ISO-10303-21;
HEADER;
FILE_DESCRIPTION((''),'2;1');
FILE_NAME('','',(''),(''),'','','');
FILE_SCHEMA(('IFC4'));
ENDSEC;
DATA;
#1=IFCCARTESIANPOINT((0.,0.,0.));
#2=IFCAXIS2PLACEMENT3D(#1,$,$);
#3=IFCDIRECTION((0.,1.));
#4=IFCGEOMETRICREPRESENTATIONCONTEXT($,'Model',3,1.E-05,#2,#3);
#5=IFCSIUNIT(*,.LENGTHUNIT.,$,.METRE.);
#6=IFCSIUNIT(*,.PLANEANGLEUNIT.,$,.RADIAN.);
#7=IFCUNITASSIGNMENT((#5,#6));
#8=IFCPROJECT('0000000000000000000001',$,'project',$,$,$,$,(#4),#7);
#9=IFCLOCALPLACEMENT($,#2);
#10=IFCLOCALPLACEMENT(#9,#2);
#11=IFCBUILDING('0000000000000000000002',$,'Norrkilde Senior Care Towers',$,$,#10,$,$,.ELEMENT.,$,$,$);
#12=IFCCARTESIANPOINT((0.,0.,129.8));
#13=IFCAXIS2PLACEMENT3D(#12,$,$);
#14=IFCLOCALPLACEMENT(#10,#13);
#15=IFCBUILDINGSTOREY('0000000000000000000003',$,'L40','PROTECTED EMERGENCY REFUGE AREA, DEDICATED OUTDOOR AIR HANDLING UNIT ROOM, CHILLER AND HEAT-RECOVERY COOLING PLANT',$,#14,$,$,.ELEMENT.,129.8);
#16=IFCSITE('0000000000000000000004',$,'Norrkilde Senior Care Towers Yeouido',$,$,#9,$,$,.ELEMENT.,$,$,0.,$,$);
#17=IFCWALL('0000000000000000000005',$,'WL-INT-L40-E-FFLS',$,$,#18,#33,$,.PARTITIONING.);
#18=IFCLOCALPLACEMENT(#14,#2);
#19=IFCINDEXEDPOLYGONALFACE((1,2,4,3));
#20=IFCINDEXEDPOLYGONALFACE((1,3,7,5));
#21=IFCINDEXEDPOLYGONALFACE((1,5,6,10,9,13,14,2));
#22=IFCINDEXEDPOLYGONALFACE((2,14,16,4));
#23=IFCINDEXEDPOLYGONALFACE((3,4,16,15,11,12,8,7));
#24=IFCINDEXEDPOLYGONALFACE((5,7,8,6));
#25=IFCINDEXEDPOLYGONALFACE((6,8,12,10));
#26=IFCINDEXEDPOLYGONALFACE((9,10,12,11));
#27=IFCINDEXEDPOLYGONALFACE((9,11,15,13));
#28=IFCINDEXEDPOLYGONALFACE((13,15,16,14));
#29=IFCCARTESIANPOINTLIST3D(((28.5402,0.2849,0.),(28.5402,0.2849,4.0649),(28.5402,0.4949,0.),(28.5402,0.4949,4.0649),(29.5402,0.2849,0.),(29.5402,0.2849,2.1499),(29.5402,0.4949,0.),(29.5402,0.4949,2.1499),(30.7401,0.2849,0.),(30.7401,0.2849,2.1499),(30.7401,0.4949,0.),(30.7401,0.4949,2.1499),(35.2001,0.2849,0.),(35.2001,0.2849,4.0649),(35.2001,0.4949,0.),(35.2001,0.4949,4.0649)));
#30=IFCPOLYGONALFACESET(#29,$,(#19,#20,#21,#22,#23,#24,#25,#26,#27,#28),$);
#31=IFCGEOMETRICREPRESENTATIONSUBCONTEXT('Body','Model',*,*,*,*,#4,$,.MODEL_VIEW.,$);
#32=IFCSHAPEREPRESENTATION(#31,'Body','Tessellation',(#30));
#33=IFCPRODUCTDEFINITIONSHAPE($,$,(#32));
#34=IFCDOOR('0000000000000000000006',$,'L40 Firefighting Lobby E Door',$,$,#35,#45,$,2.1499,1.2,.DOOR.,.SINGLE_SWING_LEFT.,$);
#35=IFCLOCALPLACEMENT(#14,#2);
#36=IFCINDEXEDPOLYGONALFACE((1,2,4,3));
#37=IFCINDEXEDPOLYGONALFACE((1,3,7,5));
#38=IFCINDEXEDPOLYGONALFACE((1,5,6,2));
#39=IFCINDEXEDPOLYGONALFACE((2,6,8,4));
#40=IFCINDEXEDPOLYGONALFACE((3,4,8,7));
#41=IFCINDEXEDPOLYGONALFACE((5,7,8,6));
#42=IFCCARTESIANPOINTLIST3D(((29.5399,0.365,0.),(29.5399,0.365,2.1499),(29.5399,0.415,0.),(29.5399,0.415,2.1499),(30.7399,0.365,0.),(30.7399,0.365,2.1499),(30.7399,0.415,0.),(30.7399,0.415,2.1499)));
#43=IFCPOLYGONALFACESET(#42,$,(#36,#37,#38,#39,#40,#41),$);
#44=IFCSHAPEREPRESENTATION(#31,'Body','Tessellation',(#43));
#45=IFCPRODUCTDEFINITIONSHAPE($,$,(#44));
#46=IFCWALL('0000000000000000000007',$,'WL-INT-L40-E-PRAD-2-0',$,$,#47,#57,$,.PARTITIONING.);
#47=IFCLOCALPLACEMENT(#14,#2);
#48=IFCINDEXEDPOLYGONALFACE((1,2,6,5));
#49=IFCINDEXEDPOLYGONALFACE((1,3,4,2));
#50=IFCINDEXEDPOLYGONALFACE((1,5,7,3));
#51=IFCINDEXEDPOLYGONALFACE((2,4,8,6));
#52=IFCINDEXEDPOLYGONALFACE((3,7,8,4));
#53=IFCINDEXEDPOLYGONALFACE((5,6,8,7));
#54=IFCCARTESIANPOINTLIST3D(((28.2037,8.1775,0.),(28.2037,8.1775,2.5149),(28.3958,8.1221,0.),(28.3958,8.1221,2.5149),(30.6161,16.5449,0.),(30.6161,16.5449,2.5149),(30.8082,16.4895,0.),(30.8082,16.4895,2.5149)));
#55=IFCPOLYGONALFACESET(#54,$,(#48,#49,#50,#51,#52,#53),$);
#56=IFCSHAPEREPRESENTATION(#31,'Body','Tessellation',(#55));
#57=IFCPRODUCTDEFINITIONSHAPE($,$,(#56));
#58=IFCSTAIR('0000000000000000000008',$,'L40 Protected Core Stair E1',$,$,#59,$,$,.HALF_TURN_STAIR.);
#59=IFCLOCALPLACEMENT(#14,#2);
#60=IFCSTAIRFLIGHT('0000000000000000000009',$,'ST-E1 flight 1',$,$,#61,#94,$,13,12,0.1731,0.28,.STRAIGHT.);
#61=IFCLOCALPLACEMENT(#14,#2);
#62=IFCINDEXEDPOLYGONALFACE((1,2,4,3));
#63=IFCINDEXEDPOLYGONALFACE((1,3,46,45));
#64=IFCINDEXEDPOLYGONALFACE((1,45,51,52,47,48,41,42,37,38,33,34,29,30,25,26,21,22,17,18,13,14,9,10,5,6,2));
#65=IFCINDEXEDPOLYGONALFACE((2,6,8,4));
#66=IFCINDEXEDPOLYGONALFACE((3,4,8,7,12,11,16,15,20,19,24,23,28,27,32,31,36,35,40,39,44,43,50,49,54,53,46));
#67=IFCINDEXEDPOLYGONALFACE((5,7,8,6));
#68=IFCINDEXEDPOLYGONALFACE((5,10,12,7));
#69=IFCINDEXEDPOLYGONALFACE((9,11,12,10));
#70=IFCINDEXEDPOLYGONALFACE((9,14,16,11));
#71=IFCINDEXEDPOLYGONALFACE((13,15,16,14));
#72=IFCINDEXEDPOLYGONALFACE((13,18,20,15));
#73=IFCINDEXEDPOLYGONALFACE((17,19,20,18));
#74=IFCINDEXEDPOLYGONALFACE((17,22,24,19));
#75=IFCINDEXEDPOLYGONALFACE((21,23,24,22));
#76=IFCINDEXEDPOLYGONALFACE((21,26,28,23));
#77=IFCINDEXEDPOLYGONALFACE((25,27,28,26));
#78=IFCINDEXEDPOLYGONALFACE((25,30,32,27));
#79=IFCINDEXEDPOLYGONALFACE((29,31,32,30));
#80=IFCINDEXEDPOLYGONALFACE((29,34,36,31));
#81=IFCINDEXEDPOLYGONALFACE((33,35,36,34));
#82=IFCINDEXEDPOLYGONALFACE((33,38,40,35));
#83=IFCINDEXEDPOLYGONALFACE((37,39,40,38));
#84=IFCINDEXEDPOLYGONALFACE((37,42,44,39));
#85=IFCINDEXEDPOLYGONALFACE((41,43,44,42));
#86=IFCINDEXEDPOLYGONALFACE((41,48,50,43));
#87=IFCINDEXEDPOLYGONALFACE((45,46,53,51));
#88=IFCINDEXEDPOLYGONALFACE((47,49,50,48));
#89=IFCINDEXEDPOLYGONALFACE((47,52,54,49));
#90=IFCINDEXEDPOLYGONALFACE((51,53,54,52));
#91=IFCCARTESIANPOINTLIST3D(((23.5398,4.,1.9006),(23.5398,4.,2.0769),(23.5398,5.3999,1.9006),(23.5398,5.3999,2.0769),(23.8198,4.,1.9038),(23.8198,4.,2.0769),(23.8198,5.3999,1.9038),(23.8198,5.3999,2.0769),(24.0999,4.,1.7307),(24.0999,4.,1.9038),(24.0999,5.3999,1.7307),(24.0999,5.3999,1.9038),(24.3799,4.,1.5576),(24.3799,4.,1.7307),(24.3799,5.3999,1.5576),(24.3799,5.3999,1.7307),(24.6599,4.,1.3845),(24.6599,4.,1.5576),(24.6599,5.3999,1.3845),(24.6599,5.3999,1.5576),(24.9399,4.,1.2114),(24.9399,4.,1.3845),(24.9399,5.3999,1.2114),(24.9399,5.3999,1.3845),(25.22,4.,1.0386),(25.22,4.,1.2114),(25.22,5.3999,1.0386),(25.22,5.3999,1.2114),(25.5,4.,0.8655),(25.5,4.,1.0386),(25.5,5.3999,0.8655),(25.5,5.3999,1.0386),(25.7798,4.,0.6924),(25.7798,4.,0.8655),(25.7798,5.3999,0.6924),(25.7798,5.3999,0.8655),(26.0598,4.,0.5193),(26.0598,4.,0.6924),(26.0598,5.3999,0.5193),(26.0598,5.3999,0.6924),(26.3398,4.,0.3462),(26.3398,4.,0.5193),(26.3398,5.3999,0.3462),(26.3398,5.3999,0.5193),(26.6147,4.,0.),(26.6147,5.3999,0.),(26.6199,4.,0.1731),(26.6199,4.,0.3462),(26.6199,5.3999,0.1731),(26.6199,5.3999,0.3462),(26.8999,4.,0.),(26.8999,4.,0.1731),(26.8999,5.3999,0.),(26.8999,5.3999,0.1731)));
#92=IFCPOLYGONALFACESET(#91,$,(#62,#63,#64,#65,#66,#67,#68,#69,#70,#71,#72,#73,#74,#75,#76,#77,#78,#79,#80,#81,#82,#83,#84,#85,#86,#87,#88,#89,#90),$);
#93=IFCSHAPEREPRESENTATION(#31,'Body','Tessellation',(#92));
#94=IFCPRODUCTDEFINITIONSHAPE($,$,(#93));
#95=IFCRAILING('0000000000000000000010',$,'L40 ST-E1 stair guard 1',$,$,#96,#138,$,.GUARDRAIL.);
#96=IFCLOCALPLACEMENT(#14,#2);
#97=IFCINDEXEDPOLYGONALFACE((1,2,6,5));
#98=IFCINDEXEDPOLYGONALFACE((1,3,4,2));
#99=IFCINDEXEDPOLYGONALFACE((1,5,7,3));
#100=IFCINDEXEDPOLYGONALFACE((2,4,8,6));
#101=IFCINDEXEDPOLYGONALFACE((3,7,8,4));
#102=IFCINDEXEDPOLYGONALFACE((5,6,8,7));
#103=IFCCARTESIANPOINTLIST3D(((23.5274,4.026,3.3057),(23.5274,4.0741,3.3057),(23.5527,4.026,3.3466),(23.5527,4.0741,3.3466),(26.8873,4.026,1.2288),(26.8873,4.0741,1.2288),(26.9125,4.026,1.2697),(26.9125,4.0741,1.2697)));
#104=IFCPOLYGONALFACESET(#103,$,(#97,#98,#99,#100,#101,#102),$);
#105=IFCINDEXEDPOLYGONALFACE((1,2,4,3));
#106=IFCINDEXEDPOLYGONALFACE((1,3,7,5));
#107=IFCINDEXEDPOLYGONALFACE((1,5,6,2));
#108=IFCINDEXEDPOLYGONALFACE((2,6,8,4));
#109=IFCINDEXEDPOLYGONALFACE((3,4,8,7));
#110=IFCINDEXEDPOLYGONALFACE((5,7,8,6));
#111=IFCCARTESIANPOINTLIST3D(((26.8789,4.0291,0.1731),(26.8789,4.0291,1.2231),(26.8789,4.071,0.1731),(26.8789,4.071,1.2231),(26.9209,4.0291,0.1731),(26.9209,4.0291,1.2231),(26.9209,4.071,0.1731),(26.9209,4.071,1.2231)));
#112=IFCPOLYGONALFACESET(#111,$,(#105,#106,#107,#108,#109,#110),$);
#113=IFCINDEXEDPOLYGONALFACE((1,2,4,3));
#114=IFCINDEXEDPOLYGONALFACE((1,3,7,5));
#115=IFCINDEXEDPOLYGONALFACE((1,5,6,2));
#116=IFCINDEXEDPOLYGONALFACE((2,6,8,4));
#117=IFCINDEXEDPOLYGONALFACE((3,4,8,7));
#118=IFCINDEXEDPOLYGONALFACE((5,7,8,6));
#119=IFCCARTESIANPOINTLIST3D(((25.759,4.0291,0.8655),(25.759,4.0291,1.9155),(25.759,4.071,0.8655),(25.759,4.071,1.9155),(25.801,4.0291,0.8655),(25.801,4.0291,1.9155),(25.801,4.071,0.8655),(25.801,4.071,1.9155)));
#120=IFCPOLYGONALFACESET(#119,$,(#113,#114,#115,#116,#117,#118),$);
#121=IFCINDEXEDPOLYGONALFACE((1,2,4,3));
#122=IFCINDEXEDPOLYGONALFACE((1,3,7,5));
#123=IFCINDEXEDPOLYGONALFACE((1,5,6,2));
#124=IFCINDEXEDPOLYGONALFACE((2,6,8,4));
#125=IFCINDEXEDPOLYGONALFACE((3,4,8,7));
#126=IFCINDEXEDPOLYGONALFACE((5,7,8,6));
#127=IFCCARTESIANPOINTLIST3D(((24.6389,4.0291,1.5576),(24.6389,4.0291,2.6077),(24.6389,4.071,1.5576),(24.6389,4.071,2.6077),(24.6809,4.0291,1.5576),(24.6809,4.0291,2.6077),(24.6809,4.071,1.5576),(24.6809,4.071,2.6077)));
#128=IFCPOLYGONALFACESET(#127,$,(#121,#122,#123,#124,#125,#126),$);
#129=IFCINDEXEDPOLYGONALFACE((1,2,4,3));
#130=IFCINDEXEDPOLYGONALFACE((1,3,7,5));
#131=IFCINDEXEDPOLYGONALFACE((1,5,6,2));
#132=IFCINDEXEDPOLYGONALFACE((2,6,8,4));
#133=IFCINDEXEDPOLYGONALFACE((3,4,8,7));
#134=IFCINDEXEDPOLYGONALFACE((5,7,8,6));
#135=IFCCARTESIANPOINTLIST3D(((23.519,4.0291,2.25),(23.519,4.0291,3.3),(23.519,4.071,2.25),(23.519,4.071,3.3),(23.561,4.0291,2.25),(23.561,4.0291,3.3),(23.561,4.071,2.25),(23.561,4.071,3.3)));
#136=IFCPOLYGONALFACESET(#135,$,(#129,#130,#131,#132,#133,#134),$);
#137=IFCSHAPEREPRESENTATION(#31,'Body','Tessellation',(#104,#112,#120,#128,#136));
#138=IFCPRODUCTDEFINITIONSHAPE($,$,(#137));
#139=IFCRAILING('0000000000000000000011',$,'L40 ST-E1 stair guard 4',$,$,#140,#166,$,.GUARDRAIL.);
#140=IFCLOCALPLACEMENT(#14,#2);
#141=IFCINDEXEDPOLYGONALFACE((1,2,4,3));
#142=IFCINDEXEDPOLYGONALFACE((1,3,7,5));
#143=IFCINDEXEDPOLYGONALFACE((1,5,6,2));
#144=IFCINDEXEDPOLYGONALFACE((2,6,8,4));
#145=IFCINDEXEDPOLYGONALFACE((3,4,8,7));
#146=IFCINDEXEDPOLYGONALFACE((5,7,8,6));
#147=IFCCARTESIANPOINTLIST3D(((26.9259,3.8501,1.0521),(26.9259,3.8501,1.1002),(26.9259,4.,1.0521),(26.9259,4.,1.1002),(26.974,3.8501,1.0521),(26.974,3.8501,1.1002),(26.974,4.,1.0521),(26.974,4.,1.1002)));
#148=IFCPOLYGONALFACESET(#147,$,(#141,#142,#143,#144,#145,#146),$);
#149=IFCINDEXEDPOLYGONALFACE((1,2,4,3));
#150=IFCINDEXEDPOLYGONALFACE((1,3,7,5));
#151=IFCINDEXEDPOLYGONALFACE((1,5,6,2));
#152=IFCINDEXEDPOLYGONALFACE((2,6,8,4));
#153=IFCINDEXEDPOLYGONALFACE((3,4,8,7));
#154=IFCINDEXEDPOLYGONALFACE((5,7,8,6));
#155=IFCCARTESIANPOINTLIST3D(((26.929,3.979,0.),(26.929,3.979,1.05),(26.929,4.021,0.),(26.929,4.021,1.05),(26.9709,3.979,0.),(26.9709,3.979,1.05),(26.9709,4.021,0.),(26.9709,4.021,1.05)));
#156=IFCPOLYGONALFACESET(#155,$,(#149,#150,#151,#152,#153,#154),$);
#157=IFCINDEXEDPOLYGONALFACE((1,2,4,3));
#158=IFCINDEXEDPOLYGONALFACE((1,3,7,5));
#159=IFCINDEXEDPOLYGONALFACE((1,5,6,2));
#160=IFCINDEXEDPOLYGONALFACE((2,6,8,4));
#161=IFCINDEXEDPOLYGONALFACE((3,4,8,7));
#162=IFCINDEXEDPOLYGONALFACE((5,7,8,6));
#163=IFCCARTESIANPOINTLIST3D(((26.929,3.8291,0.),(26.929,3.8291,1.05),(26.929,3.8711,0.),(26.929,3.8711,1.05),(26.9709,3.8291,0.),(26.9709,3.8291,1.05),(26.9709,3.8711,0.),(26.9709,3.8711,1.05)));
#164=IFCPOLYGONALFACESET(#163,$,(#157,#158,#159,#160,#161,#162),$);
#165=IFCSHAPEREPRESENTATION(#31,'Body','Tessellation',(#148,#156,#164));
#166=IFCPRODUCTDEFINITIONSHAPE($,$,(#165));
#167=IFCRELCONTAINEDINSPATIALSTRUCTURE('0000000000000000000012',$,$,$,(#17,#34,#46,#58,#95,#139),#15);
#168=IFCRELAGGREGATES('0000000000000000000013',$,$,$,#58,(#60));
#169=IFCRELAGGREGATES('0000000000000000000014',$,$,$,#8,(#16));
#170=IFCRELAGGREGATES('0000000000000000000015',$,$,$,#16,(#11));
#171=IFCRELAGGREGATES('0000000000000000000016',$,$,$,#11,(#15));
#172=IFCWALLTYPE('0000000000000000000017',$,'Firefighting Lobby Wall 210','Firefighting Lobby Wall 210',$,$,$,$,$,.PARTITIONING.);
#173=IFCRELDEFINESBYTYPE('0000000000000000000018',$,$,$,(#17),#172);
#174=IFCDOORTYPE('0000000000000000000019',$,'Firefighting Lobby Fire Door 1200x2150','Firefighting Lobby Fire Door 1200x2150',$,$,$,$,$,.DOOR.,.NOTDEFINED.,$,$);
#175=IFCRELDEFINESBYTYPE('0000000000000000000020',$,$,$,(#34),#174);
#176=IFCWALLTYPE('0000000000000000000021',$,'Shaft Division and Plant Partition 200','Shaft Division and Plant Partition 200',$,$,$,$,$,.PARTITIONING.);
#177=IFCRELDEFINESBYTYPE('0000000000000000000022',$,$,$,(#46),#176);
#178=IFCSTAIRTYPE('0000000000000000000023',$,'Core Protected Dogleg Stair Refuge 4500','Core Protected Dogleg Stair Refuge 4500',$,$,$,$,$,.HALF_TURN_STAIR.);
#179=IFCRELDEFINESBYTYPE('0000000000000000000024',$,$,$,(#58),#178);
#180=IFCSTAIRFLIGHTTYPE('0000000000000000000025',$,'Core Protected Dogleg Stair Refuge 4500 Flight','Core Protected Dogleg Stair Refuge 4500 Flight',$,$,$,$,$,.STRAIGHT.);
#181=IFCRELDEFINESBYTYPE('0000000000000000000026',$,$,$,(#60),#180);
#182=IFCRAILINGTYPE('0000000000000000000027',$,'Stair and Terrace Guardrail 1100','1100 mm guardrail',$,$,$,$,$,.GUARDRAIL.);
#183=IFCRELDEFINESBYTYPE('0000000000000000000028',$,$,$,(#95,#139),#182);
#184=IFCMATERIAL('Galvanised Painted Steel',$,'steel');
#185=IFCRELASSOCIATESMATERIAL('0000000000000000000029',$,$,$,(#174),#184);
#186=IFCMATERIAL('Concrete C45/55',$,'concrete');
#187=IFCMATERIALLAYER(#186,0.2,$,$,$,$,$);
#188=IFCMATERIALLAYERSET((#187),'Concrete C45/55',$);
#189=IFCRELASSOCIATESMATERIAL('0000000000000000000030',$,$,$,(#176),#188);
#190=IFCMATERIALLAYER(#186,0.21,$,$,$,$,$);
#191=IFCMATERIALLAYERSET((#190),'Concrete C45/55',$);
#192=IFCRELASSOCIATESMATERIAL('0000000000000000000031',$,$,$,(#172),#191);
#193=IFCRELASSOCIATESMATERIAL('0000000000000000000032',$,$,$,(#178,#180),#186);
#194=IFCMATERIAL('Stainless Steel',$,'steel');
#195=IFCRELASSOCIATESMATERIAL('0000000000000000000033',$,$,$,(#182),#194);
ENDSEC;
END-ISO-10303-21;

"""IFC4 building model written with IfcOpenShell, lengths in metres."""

from ifc_helpers import new_model, si_unit, direction, frame, frame_2d, origin, origin_2d, place, context, subcontext, project, spatial, polyline, rectangle, outline, extrude, source, transform, mapped, material, layer, layer_set, type_object, type_shapes, element, fill, aggregate, save


model = new_model("IFC4")

# Units and contexts
model_context = context("Model", 3, precision=1e-05, world=origin(), true_north=direction((0.0, 1.0)))
body_context = subcontext(model_context, "Body", "Model", "MODEL_VIEW")
ifc_project = project(units=[si_unit("LENGTHUNIT", "METRE"), si_unit("PLANEANGLEUNIT", "RADIAN")], contexts=[model_context])

# Site, building, storey
site_placement = place(None, origin())
site = spatial("IfcSite", under=ifc_project, at=site_placement, Name="Norrkilde Senior Care Towers Yeouido", CompositionType="ELEMENT", RefElevation=0.0)
building_placement = place(site_placement, origin())
building = spatial("IfcBuilding", under=site, at=building_placement, Name="Norrkilde Senior Care Towers", CompositionType="ELEMENT")
storey_placement = place(building_placement, frame((0.0, 0.0, 129.8)))
storey = spatial("IfcBuildingStorey", under=building, at=storey_placement, Name="L40", Description="PROTECTED EMERGENCY REFUGE AREA, DEDICATED OUTDOOR AIR HANDLING UNIT ROOM, CHILLER AND HEAT-RECOVERY COOLING PLANT", CompositionType="ELEMENT", Elevation=129.8)

# Shared definitions
ifc_material_1 = material(Name="Galvanised Painted Steel", Category="steel")
door_type_1 = type_object("IfcDoorType", Name="Firefighting Lobby Fire Door 1200x2150", Description="Firefighting Lobby Fire Door 1200x2150", OperationType="NOTDEFINED", PredefinedType="DOOR", material=ifc_material_1)
shared_shape_1 = source(origin(), body_context, "Body", "SweptSolid", [
    extrude(rectangle(XDim=1.2, YDim=2.1499, at=frame_2d((0.6001, 1.075))), frame((0.0, 0.0249, 0.0), z_axis=(0.0, -1.0, 0.0), x_axis=(1.0, 0.0, 0.0)), (0.0, 0.0, 1.0), 0.05),
])
type_shapes(door_type_1, [shared_shape_1])
ifc_material_2 = material(Name="Concrete C45/55", Category="concrete")
ifc_material_3 = material(Name="Stainless Steel", Category="steel")

# Shared definitions
ifc_layer_1 = layer(ifc_material_2, 0.2)
ifc_layer_set_1 = layer_set([ifc_layer_1], Name="Concrete C45/55")
wall_type_1 = type_object("IfcWallType", Name="Shaft Division and Plant Partition 200", Description="Shaft Division and Plant Partition 200", PredefinedType="PARTITIONING", material=ifc_layer_set_1)

# Wall, opening, door
ifc_layer_2 = layer(ifc_material_2, 0.21)
ifc_layer_set_2 = layer_set([ifc_layer_2], Name="Concrete C45/55")
wall_type_2 = type_object("IfcWallType", Name="Firefighting Lobby Wall 210", Description="Firefighting Lobby Wall 210", PredefinedType="PARTITIONING", material=ifc_layer_set_2)
shared_shape_2 = source(origin(), body_context, "Body", "SweptSolid", [
    extrude(rectangle(XDim=6.6599, YDim=0.21, at=frame_2d((3.3301, 0.0))), origin(), (0.0, 0.0, 1.0), 4.0649),
])
type_shapes(wall_type_2, [shared_shape_2])
wall_1_placement = place(storey_placement, frame((28.54, 0.3899, 0.0), z_axis=(0.0, 0.0, 1.0), x_axis=(1.0, 0.0, 0.0)))
wall_1 = element("IfcWall", 1, at=wall_1_placement, inside=storey, type_object=wall_type_2, Name="WL-INT-L40-E-FFLS", PredefinedType="PARTITIONING", context=body_context, shape_type="MappedRepresentation", body=[
    mapped(shared_shape_2, transform((0.0, 0.0, 0.0), x_axis=(1.0, 0.0, 0.0), y_axis=(0.0, 1.0, 0.0), z_axis=(0.0, 0.0, 1.0), scale=1.0)),
])
opening_1_placement = place(wall_1_placement, frame((1.0, 0.0, 0.0)))
opening_1 = element("IfcOpeningElement", 2, at=opening_1_placement, cuts=wall_1, PredefinedType="OPENING", context=body_context, shape_type="SweptSolid", body=[
    extrude(rectangle(XDim=1.2, YDim=2.1499, at=frame_2d((0.6001, 1.075))), frame((0.0, 0.115, 0.0), z_axis=(0.0, -1.0, 0.0), x_axis=(1.0, 0.0, 0.0)), (0.0, 0.0, 1.0), 0.23),
])
door_1_placement = place(opening_1_placement, frame((1.2, 0.0, 0.0), z_axis=(0.0, 0.0, 1.0), x_axis=(-1.0, 0.0, 0.0)))
door_1 = element("IfcDoor", 3, at=door_1_placement, inside=storey, type_object=door_type_1, Name="L40 Firefighting Lobby E Door", OperationType="SINGLE_SWING_LEFT", OverallHeight=2.1499, OverallWidth=1.2, PredefinedType="DOOR", context=body_context, shape_type="MappedRepresentation", body=[
    mapped(shared_shape_1, transform((0.0, 0.0, 0.0), x_axis=(1.0, 0.0, 0.0), y_axis=(0.0, 1.0, 0.0), z_axis=(0.0, 0.0, 1.0), scale=1.0)),
])
fill(opening_1, door_1)

# Wall
shared_shape_3 = source(origin(), body_context, "Body", "SweptSolid", [
    extrude(rectangle(XDim=8.7083, YDim=0.2, at=frame_2d((4.354, 0.0))), origin(), (0.0, 0.0, 1.0), 2.5149),
])
wall_2_placement = place(storey_placement, frame((28.2998, 8.1499, 0.0), z_axis=(0.0, 0.0, 1.0), x_axis=(0.27702, 0.960864, 0.0)))
element("IfcWall", 4, at=wall_2_placement, inside=storey, type_object=wall_type_1, Name="WL-INT-L40-E-PRAD-2-0", PredefinedType="PARTITIONING", context=body_context, shape_type="MappedRepresentation", body=[
    mapped(shared_shape_3, transform((0.0, 0.0, 0.0), x_axis=(1.0, 0.0, 0.0), y_axis=(0.0, 1.0, 0.0), z_axis=(0.0, 0.0, 1.0), scale=1.0)),
])

# Stair, stair flight
stair_type = type_object("IfcStairType", Name="Core Protected Dogleg Stair Refuge 4500", Description="Core Protected Dogleg Stair Refuge 4500", PredefinedType="HALF_TURN_STAIR", material=ifc_material_2)
stair_placement = place(storey_placement, origin())
stair = element("IfcStair", 5, at=stair_placement, inside=storey, type_object=stair_type, Name="L40 Protected Core Stair E1", PredefinedType="HALF_TURN_STAIR")
stair_flight_type = type_object("IfcStairFlightType", Name="Core Protected Dogleg Stair Refuge 4500 Flight", Description="Core Protected Dogleg Stair Refuge 4500 Flight", PredefinedType="STRAIGHT", material=ifc_material_2)
stair_flight_placement = place(storey_placement, frame((26.8999, 4.7, 0.0), z_axis=(0.0, 0.0, 1.0), x_axis=(-1.0, 0.0, 0.0)))
stair_flight = element("IfcStairFlight", 6, at=stair_flight_placement, type_object=stair_flight_type, Name="ST-E1 flight 1", NumberOfRisers=13, NumberOfTreads=12, PredefinedType="STRAIGHT", RiserHeight=0.1731, TreadLength=0.28, context=body_context, shape_type="SweptSolid", body=[
    extrude(outline(polyline([(0.0, 0.0), (0.0, 0.1731), (0.28, 0.1731), (0.28, 0.3462), (0.5601, 0.3462), (0.5601, 0.5193), (0.8401, 0.5193), (0.8401, 0.6924), (1.1201, 0.6924), (1.1201, 0.8655), (1.3999, 0.8655), (1.3999, 1.0386), (1.6799, 1.0386), (1.6799, 1.2114), (1.96, 1.2114), (1.96, 1.3845), (2.24, 1.3845), (2.24, 1.5576), (2.52, 1.5576), (2.52, 1.7307), (2.8, 1.7307), (2.8, 1.9038), (3.0801, 1.9038), (3.0801, 2.0769), (3.3601, 2.0769), (3.3601, 2.25), (3.3601, 1.9006), (0.2852, 0.0), (0.0, 0.0)])), frame((0.0, 0.7, 0.0), z_axis=(0.0, -1.0, 0.0), x_axis=(1.0, 0.0, 0.0)), (0.0, 0.0, 1.0), 1.3999),
])
aggregate(stair, [stair_flight])

# Railings
railing_type_1 = type_object("IfcRailingType", Name="Stair and Terrace Guardrail 1100", Description="1100 mm guardrail", PredefinedType="GUARDRAIL", material=ifc_material_3)
railing_1_placement = place(storey_placement, frame((26.8999, 4.05, 0.1731)))
element("IfcRailing", 7, at=railing_1_placement, inside=storey, type_object=railing_type_1, Name="L40 ST-E1 stair guard 1", PredefinedType="GUARDRAIL", context=body_context, shape_type="SweptSolid", body=[
    extrude(rectangle(XDim=0.0481, YDim=0.0481, at=origin_2d()), frame((0.0, 0.0, 1.0762), z_axis=(-0.850606, 0.0, 0.525803), x_axis=(0.0, -1.0, 0.0)), (0.0, 0.0, 1.0), 3.95),
    extrude(rectangle(XDim=0.042, YDim=0.042, at=origin_2d()), origin(), (0.0, 0.0, 1.0), 1.05),
    extrude(rectangle(XDim=0.042, YDim=0.042, at=origin_2d()), frame((-1.1199, 0.0, 0.6924)), (0.0, 0.0, 1.0), 1.05),
    extrude(rectangle(XDim=0.042, YDim=0.042, at=origin_2d()), frame((-2.24, 0.0, 1.3845)), (0.0, 0.0, 1.0), 1.05),
    extrude(rectangle(XDim=0.042, YDim=0.042, at=origin_2d()), frame((-3.3599, 0.0, 2.0769)), (0.0, 0.0, 1.0), 1.05),
])
railing_2_placement = place(storey_placement, frame((26.95, 4.0, 0.0)))
element("IfcRailing", 8, at=railing_2_placement, inside=storey, type_object=railing_type_1, Name="L40 ST-E1 stair guard 4", PredefinedType="GUARDRAIL", context=body_context, shape_type="SweptSolid", body=[
    extrude(rectangle(XDim=0.0481, YDim=0.0481, at=origin_2d()), frame((0.0, 0.0, 1.0762), z_axis=(0.0, -1.0, 0.0), x_axis=(1.0, 0.0, 0.0)), (0.0, 0.0, 1.0), 0.1499),
    extrude(rectangle(XDim=0.042, YDim=0.042, at=origin_2d()), origin(), (0.0, 0.0, 1.0), 1.05),
    extrude(rectangle(XDim=0.042, YDim=0.042, at=origin_2d()), frame((0.0, -0.1499, 0.0)), (0.0, 0.0, 1.0), 1.05),
])

save(model, "model.ifc")
